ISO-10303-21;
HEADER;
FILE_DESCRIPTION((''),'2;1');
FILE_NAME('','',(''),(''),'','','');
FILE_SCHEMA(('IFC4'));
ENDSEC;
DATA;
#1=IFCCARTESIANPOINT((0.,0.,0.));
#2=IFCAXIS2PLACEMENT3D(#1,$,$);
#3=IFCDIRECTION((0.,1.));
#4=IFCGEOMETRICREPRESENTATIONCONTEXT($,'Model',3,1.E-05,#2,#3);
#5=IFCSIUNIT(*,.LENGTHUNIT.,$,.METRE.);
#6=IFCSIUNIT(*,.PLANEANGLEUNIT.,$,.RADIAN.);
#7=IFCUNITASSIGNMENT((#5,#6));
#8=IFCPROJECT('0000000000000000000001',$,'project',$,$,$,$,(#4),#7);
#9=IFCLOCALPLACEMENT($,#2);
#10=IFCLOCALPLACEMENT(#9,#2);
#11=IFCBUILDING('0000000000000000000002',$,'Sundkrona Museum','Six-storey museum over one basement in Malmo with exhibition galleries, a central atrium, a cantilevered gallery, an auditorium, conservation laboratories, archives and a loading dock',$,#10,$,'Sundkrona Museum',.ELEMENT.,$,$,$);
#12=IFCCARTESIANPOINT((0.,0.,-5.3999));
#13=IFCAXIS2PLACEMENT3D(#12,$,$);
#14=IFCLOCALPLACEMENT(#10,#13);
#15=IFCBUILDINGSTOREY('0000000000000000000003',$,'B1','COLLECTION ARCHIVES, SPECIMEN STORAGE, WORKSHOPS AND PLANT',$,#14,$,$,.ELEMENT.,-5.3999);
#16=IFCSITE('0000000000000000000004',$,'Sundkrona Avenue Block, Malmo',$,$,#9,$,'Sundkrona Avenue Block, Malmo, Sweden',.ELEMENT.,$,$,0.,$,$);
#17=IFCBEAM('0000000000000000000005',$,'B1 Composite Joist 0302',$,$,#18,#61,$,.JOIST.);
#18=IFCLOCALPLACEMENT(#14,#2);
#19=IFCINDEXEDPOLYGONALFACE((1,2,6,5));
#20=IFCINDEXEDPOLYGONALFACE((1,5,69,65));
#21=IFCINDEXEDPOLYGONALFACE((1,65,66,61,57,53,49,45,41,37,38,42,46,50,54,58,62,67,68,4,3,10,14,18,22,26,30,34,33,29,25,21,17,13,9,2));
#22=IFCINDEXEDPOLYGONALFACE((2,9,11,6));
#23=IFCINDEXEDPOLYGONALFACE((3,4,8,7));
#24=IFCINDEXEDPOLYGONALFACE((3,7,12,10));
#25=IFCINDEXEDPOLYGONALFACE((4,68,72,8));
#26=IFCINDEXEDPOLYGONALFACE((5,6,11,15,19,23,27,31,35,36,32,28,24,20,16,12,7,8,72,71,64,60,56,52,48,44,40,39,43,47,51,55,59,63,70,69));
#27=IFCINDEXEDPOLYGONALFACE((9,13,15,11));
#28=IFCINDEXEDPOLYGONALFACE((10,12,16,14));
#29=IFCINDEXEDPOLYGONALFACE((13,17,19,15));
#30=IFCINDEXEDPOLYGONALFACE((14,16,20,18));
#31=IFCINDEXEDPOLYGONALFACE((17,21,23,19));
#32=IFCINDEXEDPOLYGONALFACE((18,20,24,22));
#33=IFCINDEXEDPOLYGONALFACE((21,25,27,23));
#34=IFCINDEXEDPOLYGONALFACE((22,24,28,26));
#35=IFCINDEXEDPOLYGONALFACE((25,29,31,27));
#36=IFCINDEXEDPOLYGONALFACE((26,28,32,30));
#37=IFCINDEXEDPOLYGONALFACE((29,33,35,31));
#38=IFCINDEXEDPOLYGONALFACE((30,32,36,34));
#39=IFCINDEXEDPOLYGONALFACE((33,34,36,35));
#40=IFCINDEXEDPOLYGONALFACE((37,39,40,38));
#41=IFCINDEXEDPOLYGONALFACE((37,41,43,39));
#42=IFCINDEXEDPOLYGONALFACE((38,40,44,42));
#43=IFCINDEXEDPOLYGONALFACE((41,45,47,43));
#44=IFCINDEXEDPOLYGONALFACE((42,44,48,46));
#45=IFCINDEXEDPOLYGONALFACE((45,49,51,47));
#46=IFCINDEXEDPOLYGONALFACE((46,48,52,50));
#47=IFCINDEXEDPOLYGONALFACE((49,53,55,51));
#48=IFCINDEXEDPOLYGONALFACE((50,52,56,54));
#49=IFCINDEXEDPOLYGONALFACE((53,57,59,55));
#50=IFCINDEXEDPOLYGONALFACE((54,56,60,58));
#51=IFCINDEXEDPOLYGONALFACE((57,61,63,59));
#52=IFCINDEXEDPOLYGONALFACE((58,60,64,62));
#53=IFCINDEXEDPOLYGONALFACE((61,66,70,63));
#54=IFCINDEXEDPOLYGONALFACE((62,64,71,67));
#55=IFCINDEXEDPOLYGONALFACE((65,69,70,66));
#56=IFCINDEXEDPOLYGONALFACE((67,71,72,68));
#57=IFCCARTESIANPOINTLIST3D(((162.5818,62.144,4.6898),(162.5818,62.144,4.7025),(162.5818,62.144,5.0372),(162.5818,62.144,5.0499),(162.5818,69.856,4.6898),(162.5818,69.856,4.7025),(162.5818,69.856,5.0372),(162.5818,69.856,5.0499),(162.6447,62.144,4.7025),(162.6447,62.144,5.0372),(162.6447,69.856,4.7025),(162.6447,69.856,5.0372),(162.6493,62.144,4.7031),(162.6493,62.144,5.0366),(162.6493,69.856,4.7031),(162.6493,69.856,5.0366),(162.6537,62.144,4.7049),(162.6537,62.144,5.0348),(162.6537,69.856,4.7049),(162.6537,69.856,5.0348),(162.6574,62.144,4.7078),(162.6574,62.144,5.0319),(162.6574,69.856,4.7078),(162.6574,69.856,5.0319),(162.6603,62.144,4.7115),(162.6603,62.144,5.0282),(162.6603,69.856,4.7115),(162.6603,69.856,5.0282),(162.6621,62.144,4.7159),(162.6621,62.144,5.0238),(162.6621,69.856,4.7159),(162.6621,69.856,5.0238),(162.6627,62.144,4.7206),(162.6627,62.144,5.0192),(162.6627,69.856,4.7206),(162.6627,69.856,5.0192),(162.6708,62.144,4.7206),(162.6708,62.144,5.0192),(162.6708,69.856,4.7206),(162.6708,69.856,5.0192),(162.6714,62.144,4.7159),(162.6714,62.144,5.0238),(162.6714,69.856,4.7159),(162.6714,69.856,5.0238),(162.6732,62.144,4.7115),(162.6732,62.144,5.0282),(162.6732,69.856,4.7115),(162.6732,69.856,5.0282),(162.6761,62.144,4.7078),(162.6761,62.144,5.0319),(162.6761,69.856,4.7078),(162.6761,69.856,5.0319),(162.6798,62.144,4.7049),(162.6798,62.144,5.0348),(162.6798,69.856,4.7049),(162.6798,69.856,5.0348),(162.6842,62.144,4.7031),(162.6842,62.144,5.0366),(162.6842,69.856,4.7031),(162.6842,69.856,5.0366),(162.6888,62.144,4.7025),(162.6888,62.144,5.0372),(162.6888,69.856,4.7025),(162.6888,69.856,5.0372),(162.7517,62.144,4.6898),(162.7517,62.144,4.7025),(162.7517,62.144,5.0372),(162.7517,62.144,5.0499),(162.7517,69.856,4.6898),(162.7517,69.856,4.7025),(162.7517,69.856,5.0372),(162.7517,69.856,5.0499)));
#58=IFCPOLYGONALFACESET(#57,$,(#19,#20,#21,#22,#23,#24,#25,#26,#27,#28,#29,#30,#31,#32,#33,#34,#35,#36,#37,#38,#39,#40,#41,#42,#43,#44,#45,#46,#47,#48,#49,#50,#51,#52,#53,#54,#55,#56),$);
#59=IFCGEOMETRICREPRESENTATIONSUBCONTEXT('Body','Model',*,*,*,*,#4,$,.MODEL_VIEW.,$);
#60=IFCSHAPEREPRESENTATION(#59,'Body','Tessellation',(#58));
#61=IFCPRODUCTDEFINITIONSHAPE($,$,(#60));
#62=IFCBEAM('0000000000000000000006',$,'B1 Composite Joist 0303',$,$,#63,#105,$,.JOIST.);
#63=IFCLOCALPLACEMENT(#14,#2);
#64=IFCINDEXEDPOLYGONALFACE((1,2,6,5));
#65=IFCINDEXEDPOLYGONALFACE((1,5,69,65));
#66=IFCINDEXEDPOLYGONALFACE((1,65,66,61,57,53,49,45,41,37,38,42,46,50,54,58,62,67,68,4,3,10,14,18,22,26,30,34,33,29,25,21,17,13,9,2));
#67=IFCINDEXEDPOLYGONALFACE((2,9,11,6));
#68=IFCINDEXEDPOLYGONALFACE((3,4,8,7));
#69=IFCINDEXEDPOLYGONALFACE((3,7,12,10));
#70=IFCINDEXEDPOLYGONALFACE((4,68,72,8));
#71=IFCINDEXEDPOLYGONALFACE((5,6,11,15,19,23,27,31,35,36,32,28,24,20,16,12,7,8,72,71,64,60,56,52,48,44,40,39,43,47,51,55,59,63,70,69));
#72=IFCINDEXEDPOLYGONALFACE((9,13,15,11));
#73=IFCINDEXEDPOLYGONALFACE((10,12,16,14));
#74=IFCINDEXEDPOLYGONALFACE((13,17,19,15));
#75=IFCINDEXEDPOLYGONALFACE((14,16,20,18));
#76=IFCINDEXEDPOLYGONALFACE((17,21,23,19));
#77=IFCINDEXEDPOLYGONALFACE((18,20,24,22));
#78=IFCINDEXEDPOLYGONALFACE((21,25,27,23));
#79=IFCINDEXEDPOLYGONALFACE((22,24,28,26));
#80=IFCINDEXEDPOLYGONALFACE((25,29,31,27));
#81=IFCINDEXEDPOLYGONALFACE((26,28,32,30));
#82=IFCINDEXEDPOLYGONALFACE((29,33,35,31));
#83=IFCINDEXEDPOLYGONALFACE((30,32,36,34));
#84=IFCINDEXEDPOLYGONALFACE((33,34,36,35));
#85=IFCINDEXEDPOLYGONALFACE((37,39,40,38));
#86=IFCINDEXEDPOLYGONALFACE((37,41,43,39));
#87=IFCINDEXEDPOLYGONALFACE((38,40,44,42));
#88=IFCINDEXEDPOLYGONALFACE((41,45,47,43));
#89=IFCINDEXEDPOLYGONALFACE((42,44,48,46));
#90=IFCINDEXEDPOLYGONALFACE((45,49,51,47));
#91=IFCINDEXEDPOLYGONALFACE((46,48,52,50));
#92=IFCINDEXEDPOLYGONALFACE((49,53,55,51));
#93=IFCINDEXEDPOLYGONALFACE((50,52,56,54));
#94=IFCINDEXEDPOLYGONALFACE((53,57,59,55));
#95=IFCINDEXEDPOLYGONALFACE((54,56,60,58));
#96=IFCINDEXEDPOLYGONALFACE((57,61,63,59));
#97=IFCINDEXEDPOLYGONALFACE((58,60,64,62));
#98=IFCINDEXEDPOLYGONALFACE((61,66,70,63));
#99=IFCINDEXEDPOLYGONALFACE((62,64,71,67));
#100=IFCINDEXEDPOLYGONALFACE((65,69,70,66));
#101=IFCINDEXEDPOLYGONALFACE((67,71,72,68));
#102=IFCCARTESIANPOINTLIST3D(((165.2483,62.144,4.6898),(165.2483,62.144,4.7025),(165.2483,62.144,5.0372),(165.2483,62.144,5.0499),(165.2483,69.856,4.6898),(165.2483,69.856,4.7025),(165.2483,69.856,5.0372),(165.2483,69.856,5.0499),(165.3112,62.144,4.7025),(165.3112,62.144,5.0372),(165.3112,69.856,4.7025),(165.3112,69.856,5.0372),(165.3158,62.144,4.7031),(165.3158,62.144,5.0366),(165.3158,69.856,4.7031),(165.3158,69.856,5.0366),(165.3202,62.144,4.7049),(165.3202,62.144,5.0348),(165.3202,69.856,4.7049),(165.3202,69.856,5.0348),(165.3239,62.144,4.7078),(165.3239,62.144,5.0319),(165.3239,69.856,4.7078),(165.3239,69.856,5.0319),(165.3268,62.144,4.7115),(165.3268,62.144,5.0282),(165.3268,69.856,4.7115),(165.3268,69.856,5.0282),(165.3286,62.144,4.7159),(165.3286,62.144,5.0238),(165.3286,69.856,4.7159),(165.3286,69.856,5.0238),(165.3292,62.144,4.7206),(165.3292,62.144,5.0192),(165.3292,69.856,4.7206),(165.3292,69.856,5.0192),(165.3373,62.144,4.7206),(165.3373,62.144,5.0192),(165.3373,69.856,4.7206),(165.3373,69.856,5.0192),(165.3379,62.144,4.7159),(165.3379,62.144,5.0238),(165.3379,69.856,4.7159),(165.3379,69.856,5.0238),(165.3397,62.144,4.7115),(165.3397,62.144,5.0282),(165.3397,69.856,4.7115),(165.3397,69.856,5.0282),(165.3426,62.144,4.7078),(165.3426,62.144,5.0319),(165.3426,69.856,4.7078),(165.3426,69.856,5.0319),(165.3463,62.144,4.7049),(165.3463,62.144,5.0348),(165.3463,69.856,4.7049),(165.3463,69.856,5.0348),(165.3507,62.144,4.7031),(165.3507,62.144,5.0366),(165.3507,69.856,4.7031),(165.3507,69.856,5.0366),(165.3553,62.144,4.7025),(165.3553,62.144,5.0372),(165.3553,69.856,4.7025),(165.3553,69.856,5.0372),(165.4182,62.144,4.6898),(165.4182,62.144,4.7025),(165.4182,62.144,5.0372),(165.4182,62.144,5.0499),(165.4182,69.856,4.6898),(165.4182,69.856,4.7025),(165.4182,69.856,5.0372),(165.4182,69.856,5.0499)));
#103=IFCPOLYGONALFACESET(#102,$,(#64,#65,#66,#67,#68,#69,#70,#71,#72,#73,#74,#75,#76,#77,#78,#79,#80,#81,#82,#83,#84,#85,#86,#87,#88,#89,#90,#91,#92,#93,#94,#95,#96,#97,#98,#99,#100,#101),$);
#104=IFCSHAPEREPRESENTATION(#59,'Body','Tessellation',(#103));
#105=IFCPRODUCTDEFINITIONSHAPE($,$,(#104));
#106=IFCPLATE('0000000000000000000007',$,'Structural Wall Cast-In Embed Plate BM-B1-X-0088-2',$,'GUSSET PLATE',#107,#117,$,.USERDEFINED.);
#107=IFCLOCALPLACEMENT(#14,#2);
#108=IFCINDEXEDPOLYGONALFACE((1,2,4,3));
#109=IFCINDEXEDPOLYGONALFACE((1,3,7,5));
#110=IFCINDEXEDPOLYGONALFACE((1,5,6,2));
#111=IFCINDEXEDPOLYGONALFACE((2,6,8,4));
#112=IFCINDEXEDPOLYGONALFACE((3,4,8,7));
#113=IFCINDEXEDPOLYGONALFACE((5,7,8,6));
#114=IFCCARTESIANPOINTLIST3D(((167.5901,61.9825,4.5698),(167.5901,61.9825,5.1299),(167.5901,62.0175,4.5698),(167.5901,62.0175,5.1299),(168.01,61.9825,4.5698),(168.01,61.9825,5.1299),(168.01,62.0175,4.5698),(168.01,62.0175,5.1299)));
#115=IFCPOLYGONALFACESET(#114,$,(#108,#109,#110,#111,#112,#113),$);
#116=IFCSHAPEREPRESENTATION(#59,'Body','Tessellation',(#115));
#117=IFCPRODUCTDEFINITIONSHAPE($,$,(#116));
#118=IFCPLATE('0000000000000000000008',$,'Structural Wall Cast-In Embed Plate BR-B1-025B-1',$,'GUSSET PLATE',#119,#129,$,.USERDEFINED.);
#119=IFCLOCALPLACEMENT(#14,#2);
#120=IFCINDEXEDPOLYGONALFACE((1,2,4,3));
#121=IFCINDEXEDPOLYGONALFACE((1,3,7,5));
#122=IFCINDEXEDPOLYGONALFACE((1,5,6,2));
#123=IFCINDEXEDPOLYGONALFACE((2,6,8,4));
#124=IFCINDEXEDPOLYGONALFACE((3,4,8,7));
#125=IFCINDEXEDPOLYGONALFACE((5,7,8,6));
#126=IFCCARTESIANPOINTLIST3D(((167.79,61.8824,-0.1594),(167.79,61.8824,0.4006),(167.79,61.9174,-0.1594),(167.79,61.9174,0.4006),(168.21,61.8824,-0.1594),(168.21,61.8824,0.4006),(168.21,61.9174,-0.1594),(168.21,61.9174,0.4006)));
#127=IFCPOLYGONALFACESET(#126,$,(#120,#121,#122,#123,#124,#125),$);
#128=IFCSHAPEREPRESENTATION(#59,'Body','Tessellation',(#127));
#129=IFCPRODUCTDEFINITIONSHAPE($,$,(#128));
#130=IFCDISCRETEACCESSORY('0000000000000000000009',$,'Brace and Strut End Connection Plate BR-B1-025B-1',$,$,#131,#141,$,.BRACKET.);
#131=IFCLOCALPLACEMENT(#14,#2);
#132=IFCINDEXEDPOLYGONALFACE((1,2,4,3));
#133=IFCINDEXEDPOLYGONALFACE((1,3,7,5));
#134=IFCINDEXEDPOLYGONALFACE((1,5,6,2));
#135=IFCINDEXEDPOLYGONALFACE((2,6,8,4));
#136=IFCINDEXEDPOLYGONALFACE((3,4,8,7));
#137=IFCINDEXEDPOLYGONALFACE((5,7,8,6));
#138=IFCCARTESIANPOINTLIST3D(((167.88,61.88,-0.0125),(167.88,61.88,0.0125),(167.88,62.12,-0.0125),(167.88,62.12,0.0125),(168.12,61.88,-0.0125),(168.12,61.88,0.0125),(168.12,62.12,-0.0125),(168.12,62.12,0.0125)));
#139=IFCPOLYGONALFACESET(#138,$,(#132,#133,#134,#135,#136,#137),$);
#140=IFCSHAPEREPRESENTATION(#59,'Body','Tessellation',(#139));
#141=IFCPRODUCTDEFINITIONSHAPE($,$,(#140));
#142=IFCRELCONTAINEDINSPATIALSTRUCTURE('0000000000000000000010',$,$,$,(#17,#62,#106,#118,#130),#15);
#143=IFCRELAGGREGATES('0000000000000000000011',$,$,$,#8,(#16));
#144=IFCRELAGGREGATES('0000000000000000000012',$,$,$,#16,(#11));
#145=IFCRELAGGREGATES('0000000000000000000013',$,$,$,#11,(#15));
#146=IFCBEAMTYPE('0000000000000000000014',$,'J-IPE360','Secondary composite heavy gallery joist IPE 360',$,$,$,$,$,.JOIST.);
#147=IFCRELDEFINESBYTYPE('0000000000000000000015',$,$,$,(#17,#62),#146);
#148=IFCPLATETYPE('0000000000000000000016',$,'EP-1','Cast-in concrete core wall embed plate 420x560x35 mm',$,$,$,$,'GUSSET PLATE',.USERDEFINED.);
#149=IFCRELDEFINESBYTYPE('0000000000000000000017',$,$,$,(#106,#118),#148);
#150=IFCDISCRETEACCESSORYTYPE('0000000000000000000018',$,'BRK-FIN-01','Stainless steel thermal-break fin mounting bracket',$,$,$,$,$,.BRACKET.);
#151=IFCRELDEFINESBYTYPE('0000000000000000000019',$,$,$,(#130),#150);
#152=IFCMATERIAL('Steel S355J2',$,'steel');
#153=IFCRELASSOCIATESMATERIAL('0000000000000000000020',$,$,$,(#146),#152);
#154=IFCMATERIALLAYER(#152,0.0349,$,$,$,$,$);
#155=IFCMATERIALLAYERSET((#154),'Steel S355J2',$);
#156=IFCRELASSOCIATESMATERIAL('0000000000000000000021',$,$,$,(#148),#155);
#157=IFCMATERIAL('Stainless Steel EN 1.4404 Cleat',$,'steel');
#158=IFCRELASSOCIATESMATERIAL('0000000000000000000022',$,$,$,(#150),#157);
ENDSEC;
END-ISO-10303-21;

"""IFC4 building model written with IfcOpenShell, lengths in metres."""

from ifc_helpers import new_model, si_unit, direction, frame, origin, origin_2d, place, context, subcontext, project, spatial, rectangle, i_section, extrude, material, layer, layer_set, material_profile, profile_set, type_object, element, save


model = new_model("IFC4")

# Units and contexts
model_context = context("Model", 3, precision=1e-05, world=origin(), true_north=direction((0.0, 1.0)))
body_context = subcontext(model_context, "Body", "Model", "MODEL_VIEW")
ifc_project = project(units=[si_unit("LENGTHUNIT", "METRE"), si_unit("PLANEANGLEUNIT", "RADIAN")], contexts=[model_context])

# Site, building, storey
site_placement = place(None, origin())
site = spatial("IfcSite", under=ifc_project, at=site_placement, Name="Sundkrona Avenue Block, Malmo", LongName="Sundkrona Avenue Block, Malmo, Sweden", CompositionType="ELEMENT", RefElevation=0.0)
building_placement = place(site_placement, origin())
building = spatial("IfcBuilding", under=site, at=building_placement, Name="Sundkrona Museum", Description="Six-storey museum over one basement in Malmo with exhibition galleries, a central atrium, a cantilevered gallery, an auditorium, conservation laboratories, archives and a loading dock", LongName="Sundkrona Museum", CompositionType="ELEMENT")
storey_placement = place(building_placement, frame((0.0, 0.0, -5.3999)))
storey = spatial("IfcBuildingStorey", under=building, at=storey_placement, Name="B1", Description="COLLECTION ARCHIVES, SPECIMEN STORAGE, WORKSHOPS AND PLANT", CompositionType="ELEMENT", Elevation=-5.3999)

# Shared definitions
ifc_material_1 = material(Name="Steel S355J2", Category="steel")

# Beams
ifc_material_profile_1 = material_profile(ifc_material_1, i_section(OverallWidth=0.1699, OverallDepth=0.3601, WebThickness=0.0081, FlangeThickness=0.0127, FilletRadius=0.0181, at=origin_2d()), Name="IPE 360")
ifc_profile_set_1 = profile_set([ifc_material_profile_1], Name="Steel S355J2")
beam_type_1 = type_object("IfcBeamType", Name="J-IPE360", Description="Secondary composite heavy gallery joist IPE 360", PredefinedType="JOIST", material=ifc_profile_set_1)
for number, where, z_axis, x_axis, name in (
    (1, (162.6667, 62.144, 4.8699), (0.0, 1.0, 0.0), (-1.0, 0.0, 0.0), "B1 Composite Joist 0302"),
    (2, (165.3333, 62.144, 4.8699), (0.0, 1.0, 0.0), (-1.0, 0.0, 0.0), "B1 Composite Joist 0303"),
):
    element("IfcBeam", number, at=place(storey_placement, frame(where, z_axis=z_axis, x_axis=x_axis)), inside=storey, type_object=beam_type_1, Name=name, PredefinedType="JOIST", context=body_context, shape_type="SweptSolid", body=[
        extrude(i_section(OverallWidth=0.1699, OverallDepth=0.3601, WebThickness=0.0081, FlangeThickness=0.0127, FilletRadius=0.0181, at=origin_2d()), origin(), (0.0, 0.0, 1.0), 7.7119),
    ])

# Plates
ifc_layer = layer(ifc_material_1, 0.0349)
ifc_layer_set = layer_set([ifc_layer], Name="Steel S355J2")
plate_type = type_object("IfcPlateType", Name="EP-1", Description="Cast-in concrete core wall embed plate 420x560x35 mm", ElementType="GUSSET PLATE", PredefinedType="USERDEFINED", material=ifc_layer_set)
for number, where, z_axis, x_axis, name in (
    (3, (167.8, 62.0, 4.5698), (0.0, 0.0, 1.0), (1.0, 0.0, 0.0), "Structural Wall Cast-In Embed Plate BM-B1-X-0088-2"),
    (4, (168.0, 61.8999, -0.1594), (0.0, 0.0, 1.0), (1.0, 0.0, 0.0), "Structural Wall Cast-In Embed Plate BR-B1-025B-1"),
):
    element("IfcPlate", number, at=place(storey_placement, frame(where, z_axis=z_axis, x_axis=x_axis)), inside=storey, type_object=plate_type, Name=name, ObjectType="GUSSET PLATE", PredefinedType="USERDEFINED", context=body_context, shape_type="SweptSolid", body=[
        extrude(rectangle(XDim=0.4199, YDim=0.0349, at=origin_2d()), origin(), (0.0, 0.0, 1.0), 0.5601),
    ])

# Discrete accessory
ifc_material_2 = material(Name="Stainless Steel EN 1.4404 Cleat", Category="steel")
discrete_accessory_type = type_object("IfcDiscreteAccessoryType", Name="BRK-FIN-01", Description="Stainless steel thermal-break fin mounting bracket", PredefinedType="BRACKET", material=ifc_material_2)
discrete_accessory_placement = place(storey_placement, frame((168.0, 62.0, -0.0125), z_axis=(0.0, 0.0, 1.0), x_axis=(1.0, 0.0, 0.0)))
element("IfcDiscreteAccessory", 5, at=discrete_accessory_placement, inside=storey, type_object=discrete_accessory_type, Name="Brace and Strut End Connection Plate BR-B1-025B-1", PredefinedType="BRACKET", context=body_context, shape_type="SweptSolid", body=[
    extrude(rectangle(XDim=0.24, YDim=0.24, at=origin_2d()), origin(), (0.0, 0.0, 1.0), 0.0249),
])

save(model, "model.ifc")
